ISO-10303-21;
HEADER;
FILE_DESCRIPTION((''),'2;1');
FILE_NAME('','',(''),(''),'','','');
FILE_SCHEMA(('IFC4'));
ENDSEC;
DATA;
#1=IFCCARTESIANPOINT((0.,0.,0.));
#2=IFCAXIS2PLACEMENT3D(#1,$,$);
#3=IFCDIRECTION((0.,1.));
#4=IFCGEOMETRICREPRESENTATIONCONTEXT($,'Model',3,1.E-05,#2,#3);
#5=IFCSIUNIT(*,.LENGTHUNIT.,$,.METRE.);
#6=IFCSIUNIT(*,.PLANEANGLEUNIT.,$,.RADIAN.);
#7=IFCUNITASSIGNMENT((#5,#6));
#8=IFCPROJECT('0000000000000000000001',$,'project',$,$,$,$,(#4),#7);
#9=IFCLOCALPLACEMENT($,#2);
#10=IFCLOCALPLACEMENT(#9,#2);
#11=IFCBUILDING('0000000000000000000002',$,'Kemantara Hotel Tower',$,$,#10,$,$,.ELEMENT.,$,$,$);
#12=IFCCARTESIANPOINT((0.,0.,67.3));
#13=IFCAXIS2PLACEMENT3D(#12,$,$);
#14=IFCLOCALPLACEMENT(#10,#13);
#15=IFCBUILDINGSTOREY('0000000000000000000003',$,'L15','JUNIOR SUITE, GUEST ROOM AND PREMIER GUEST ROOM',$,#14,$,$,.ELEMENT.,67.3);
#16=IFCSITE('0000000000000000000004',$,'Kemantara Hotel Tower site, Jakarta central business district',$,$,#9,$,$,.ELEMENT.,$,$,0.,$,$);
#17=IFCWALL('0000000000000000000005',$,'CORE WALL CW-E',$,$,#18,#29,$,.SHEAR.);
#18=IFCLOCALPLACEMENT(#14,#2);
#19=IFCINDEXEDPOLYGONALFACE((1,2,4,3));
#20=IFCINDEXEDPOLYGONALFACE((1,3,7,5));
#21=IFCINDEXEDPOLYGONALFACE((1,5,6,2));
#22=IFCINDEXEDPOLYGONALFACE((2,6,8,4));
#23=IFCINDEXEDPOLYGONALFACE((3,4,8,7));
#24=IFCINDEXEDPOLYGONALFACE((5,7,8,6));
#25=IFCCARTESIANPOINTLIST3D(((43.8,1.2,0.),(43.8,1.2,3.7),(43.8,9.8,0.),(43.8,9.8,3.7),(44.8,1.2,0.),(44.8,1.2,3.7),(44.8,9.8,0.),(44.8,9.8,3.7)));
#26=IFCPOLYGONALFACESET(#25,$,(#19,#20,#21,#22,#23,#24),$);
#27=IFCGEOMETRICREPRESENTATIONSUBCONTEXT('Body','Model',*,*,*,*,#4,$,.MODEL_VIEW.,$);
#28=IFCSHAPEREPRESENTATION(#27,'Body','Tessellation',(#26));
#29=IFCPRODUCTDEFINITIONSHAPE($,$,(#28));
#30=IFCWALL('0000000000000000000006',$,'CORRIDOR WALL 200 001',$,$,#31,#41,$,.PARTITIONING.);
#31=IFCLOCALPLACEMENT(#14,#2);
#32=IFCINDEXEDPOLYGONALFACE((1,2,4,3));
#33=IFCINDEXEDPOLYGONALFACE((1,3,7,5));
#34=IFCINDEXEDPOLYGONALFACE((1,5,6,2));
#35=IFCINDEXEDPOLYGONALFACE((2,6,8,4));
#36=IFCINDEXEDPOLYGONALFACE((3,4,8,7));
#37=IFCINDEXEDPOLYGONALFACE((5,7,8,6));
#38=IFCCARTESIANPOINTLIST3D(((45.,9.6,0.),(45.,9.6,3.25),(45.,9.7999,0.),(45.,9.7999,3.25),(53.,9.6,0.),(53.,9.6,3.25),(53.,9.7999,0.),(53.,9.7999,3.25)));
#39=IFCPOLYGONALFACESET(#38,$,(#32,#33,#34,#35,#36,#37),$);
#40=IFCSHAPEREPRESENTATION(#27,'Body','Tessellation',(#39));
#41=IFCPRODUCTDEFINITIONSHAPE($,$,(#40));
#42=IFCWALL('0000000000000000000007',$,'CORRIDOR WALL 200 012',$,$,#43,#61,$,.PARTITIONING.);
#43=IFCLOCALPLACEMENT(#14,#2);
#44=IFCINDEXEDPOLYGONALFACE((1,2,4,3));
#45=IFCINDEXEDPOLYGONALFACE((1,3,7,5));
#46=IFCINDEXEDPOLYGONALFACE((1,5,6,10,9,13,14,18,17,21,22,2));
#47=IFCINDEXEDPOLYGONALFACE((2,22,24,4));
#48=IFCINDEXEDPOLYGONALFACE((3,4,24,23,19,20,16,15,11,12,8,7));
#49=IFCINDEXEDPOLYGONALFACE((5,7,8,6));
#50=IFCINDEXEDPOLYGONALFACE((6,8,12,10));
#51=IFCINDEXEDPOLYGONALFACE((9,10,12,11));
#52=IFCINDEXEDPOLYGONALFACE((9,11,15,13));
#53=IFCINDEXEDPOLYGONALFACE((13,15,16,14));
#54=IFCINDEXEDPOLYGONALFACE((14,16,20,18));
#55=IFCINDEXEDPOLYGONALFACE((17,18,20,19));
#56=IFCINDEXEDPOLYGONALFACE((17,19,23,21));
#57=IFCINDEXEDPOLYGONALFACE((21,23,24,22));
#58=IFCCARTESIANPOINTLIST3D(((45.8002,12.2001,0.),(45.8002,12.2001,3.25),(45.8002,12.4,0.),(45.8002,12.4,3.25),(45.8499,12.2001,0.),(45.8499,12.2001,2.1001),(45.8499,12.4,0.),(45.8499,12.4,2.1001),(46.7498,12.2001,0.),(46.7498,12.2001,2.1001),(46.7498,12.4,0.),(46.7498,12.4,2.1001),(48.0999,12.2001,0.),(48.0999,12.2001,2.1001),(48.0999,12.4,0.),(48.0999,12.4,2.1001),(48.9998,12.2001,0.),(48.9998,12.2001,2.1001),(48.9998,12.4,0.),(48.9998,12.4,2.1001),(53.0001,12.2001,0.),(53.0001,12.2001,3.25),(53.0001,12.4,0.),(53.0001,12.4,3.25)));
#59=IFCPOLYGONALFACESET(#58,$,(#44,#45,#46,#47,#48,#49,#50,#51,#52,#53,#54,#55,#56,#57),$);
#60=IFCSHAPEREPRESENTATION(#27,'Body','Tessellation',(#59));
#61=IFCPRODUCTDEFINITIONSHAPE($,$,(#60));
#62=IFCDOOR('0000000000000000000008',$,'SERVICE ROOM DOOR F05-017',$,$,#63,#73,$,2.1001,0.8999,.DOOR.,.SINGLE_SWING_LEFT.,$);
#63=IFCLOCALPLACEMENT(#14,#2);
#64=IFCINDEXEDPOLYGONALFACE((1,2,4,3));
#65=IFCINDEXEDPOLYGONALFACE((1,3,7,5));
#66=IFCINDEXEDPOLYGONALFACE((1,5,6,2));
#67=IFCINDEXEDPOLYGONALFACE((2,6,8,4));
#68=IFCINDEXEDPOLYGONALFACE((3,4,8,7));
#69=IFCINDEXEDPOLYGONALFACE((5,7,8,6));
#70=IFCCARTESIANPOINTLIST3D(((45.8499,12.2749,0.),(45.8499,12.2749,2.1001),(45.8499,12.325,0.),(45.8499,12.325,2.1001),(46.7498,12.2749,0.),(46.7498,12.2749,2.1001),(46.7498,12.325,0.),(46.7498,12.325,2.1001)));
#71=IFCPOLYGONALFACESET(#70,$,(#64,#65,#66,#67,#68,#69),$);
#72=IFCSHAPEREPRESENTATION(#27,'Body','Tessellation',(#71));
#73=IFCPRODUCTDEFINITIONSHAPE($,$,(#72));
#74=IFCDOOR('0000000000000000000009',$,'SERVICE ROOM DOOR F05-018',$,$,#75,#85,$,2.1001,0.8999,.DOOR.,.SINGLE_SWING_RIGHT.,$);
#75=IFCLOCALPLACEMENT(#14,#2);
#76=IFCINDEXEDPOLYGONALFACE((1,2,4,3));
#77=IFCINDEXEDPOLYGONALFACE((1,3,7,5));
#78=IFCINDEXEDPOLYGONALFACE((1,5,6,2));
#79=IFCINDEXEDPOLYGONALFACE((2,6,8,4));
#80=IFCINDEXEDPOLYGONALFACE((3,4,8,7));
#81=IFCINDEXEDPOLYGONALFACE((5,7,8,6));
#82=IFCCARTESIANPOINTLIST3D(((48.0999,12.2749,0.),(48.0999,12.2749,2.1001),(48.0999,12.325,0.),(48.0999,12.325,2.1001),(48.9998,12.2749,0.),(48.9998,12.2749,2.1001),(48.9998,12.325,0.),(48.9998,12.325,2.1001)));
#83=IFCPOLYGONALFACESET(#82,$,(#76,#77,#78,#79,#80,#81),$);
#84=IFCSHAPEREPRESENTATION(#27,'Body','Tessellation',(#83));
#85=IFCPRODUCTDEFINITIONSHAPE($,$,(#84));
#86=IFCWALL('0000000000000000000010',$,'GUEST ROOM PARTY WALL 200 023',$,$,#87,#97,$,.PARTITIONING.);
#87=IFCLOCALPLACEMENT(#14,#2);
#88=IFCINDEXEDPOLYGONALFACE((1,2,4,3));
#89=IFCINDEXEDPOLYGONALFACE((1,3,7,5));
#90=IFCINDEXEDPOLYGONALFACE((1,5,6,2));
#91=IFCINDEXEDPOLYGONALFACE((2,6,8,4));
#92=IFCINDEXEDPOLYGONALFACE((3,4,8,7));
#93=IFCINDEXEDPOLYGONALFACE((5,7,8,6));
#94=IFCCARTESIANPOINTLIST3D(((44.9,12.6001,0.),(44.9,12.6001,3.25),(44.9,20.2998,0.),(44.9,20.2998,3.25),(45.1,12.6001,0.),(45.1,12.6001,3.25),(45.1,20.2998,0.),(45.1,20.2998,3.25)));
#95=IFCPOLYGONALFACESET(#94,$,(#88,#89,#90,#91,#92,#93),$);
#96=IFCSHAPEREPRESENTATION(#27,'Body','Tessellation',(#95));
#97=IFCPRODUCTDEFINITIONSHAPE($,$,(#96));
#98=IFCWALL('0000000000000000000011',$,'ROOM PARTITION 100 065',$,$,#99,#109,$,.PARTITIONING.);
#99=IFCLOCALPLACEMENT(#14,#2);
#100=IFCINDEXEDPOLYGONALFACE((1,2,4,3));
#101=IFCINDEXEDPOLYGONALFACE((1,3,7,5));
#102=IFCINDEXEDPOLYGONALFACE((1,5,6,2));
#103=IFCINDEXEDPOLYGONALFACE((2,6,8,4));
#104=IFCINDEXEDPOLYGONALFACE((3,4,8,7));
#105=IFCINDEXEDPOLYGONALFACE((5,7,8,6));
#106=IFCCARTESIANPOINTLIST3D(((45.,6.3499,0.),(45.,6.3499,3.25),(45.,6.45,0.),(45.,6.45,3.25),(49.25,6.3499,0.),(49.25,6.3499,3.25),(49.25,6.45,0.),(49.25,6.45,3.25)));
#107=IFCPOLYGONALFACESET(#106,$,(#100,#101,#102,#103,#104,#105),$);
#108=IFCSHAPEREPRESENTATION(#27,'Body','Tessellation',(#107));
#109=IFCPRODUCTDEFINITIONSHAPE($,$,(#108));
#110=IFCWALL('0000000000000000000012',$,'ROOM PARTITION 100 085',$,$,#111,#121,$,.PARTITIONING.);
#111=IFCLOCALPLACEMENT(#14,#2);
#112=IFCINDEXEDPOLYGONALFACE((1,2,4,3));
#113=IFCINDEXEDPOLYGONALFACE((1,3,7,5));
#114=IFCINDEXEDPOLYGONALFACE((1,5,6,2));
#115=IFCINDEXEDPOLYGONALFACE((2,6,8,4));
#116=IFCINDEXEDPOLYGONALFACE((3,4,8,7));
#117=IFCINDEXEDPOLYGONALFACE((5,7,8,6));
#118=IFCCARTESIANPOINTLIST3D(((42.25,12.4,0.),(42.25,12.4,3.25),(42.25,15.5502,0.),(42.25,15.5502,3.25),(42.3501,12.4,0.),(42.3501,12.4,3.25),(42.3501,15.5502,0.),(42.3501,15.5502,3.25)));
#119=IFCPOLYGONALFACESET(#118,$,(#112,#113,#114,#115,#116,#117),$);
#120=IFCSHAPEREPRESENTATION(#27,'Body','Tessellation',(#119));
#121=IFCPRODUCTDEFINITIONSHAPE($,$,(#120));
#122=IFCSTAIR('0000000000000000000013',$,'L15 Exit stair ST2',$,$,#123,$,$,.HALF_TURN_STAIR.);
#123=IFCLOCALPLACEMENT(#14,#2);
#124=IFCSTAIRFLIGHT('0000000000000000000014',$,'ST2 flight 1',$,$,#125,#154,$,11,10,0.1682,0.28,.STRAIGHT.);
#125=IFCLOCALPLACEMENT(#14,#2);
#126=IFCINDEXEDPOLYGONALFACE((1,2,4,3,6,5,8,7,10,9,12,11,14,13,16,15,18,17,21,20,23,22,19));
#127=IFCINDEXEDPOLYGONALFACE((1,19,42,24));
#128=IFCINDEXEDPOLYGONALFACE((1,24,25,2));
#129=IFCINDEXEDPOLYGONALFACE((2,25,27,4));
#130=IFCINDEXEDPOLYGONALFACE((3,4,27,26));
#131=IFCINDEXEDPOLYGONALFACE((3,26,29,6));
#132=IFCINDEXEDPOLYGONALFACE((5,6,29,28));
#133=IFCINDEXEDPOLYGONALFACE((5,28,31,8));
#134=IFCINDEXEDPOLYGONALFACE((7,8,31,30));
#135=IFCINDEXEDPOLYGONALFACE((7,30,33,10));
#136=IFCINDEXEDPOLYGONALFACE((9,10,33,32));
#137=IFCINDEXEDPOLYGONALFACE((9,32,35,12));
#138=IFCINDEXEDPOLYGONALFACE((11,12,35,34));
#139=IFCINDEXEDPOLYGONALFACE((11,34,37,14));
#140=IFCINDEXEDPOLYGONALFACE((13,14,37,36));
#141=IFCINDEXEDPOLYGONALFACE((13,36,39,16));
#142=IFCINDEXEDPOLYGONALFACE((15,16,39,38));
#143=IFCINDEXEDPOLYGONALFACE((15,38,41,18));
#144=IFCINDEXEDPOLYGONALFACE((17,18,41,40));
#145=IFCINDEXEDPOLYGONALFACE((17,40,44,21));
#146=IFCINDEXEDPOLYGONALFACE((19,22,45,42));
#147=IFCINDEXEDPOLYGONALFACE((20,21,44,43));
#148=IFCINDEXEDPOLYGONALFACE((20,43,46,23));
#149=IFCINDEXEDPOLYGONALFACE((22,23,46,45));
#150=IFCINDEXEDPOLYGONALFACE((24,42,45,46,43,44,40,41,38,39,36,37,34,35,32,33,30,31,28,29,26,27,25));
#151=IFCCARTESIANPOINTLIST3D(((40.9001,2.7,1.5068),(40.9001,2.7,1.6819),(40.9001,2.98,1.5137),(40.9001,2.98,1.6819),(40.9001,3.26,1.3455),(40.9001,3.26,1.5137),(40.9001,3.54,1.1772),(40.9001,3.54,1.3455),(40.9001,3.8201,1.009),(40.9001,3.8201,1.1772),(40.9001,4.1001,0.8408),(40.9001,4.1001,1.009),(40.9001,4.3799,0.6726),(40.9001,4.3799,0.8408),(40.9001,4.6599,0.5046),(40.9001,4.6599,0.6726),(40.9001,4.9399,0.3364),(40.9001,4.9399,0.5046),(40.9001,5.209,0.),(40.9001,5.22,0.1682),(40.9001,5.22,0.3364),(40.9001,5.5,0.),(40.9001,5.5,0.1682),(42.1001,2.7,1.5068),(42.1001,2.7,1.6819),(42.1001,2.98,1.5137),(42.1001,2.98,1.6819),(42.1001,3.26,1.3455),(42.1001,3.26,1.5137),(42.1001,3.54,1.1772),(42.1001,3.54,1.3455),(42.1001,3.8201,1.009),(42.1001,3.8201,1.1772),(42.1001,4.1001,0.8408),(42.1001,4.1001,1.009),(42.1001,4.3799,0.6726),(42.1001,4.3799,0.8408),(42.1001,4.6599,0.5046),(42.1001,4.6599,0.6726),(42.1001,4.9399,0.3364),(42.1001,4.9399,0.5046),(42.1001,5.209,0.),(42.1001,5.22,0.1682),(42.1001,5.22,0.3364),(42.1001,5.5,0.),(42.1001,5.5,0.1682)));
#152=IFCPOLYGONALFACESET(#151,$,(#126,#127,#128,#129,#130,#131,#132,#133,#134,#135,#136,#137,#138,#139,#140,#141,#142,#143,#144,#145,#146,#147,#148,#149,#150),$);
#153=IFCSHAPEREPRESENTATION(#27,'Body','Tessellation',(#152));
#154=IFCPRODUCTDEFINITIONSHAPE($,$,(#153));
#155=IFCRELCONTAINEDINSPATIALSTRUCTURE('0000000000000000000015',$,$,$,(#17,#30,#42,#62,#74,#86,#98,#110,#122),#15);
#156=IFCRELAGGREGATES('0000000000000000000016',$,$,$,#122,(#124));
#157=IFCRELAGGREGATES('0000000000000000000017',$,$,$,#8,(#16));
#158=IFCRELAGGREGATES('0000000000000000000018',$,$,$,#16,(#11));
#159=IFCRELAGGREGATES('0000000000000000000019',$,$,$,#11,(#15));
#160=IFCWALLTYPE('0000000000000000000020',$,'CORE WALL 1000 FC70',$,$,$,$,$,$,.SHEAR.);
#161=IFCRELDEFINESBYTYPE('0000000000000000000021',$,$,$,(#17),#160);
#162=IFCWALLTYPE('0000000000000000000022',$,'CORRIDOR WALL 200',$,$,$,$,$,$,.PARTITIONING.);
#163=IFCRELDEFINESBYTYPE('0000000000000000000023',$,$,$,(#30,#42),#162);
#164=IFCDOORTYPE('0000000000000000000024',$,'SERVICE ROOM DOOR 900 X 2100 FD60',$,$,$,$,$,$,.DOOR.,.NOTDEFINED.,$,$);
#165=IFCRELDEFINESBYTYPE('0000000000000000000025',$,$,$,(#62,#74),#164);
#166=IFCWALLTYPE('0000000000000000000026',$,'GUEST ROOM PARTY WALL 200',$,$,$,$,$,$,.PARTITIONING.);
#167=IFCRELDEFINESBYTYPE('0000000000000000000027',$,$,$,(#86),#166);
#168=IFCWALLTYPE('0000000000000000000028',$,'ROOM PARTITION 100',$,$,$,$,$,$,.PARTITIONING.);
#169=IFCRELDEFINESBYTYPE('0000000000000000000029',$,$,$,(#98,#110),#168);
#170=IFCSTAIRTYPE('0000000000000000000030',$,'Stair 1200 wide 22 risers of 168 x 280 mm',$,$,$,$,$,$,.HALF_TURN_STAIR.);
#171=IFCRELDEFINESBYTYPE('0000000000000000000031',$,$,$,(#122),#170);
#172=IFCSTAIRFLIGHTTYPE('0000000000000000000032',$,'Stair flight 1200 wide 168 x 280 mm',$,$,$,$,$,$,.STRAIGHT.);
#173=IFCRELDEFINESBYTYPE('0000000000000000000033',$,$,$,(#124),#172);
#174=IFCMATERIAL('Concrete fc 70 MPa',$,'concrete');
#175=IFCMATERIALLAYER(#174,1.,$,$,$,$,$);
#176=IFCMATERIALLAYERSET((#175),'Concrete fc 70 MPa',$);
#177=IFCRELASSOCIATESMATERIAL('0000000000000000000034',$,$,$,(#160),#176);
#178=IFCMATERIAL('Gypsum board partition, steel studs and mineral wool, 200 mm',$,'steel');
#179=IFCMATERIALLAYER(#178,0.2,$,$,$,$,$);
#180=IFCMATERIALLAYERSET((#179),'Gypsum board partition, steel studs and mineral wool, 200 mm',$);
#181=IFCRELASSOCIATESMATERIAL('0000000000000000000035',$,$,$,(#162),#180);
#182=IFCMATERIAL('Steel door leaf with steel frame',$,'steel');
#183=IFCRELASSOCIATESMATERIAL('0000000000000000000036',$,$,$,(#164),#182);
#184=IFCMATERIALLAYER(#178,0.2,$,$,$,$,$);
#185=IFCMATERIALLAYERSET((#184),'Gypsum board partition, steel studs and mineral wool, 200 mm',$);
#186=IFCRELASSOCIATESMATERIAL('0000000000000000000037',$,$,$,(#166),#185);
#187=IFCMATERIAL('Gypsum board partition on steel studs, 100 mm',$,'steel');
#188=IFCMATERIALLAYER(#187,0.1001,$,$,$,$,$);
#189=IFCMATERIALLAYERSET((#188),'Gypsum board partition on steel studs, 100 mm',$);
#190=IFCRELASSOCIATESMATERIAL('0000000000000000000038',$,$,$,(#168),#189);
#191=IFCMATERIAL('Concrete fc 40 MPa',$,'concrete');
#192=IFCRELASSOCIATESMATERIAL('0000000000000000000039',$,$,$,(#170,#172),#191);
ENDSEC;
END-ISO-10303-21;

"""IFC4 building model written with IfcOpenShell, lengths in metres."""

from ifc_helpers import new_model, si_unit, direction, frame, frame_2d, origin, place, context, subcontext, project, spatial, polyline, rectangle, outline, extrude, material, layer, layer_set, type_object, element, fill, aggregate, save


model = new_model("IFC4")

# Units and contexts
model_context = context("Model", 3, precision=1e-05, world=origin(), true_north=direction((0.0, 1.0)))
body_context = subcontext(model_context, "Body", "Model", "MODEL_VIEW")
ifc_project = project(units=[si_unit("LENGTHUNIT", "METRE"), si_unit("PLANEANGLEUNIT", "RADIAN")], contexts=[model_context])

# Site, building, storey
site_placement = place(None, origin())
site = spatial("IfcSite", under=ifc_project, at=site_placement, Name="Kemantara Hotel Tower site, Jakarta central business district", CompositionType="ELEMENT", RefElevation=0.0)
building_placement = place(site_placement, origin())
building = spatial("IfcBuilding", under=site, at=building_placement, Name="Kemantara Hotel Tower", CompositionType="ELEMENT")
storey_placement = place(building_placement, frame((0.0, 0.0, 67.3)))
storey = spatial("IfcBuildingStorey", under=building, at=storey_placement, Name="L15", Description="JUNIOR SUITE, GUEST ROOM AND PREMIER GUEST ROOM", CompositionType="ELEMENT", Elevation=67.3)

# Shared definitions
ifc_material_1 = material(Name="Concrete fc 70 MPa", Category="concrete")

# Walls
ifc_layer_1 = layer(ifc_material_1, 1.0)
ifc_layer_set_1 = layer_set([ifc_layer_1], Name="Concrete fc 70 MPa")
wall_type_1 = type_object("IfcWallType", Name="CORE WALL 1000 FC70", PredefinedType="SHEAR", material=ifc_layer_set_1)
wall_1_placement = place(storey_placement, frame((44.3, 1.2, 0.0), z_axis=(0.0, 0.0, 1.0), x_axis=(0.0, 1.0, 0.0)))
element("IfcWall", 1, at=wall_1_placement, inside=storey, type_object=wall_type_1, Name="CORE WALL CW-E", PredefinedType="SHEAR", context=body_context, shape_type="SweptSolid", body=[
    extrude(rectangle(XDim=8.6001, YDim=1.0, at=frame_2d((4.3, 0.0))), origin(), (0.0, 0.0, 1.0), 3.7),
])
ifc_material_2 = material(Name="Gypsum board partition, steel studs and mineral wool, 200 mm", Category="steel")
ifc_layer_2 = layer(ifc_material_2, 0.2)
ifc_layer_set_2 = layer_set([ifc_layer_2], Name="Gypsum board partition, steel studs and mineral wool, 200 mm")
wall_type_2 = type_object("IfcWallType", Name="CORRIDOR WALL 200", PredefinedType="PARTITIONING", material=ifc_layer_set_2)
wall_2_placement = place(storey_placement, frame((45.0, 9.7, 0.0), z_axis=(0.0, 0.0, 1.0), x_axis=(1.0, 0.0, 0.0)))
element("IfcWall", 2, at=wall_2_placement, inside=storey, type_object=wall_type_2, Name="CORRIDOR WALL 200 001", PredefinedType="PARTITIONING", context=body_context, shape_type="SweptSolid", body=[
    extrude(rectangle(XDim=8.0, YDim=0.2, at=frame_2d((4.0, 0.0))), origin(), (0.0, 0.0, 1.0), 3.25),
])

# Wall, openings, doors
wall_3_placement = place(storey_placement, frame((45.8, 12.3, 0.0), z_axis=(0.0, 0.0, 1.0), x_axis=(1.0, 0.0, 0.0)))
wall_3 = element("IfcWall", 3, at=wall_3_placement, inside=storey, type_object=wall_type_2, Name="CORRIDOR WALL 200 012", PredefinedType="PARTITIONING", context=body_context, shape_type="SweptSolid", body=[
    extrude(rectangle(XDim=7.2, YDim=0.2, at=frame_2d((3.6001, 0.0))), origin(), (0.0, 0.0, 1.0), 3.25),
])
opening_1_placement = place(wall_3_placement, frame((0.0498, 0.0, 0.0)))
opening_1 = element("IfcOpeningElement", 4, at=opening_1_placement, cuts=wall_3, PredefinedType="OPENING", context=body_context, shape_type="SweptSolid", body=[
    extrude(rectangle(XDim=0.8999, YDim=2.1001, at=frame_2d((0.45, 1.05))), frame((0.0, 0.1099, 0.0), z_axis=(0.0, -1.0, 0.0), x_axis=(1.0, 0.0, 0.0)), (0.0, 0.0, 1.0), 0.22),
])
opening_2_placement = place(wall_3_placement, frame((2.2998, 0.0, 0.0)))
opening_2 = element("IfcOpeningElement", 5, at=opening_2_placement, cuts=wall_3, PredefinedType="OPENING", context=body_context, shape_type="SweptSolid", body=[
    extrude(rectangle(XDim=0.8999, YDim=2.1001, at=frame_2d((0.45, 1.05))), frame((0.0, 0.1099, 0.0), z_axis=(0.0, -1.0, 0.0), x_axis=(1.0, 0.0, 0.0)), (0.0, 0.0, 1.0), 0.22),
])
ifc_material_3 = material(Name="Steel door leaf with steel frame", Category="steel")
door_type = type_object("IfcDoorType", Name="SERVICE ROOM DOOR 900 X 2100 FD60", OperationType="NOTDEFINED", PredefinedType="DOOR", material=ifc_material_3)
door_1_placement = place(opening_1_placement, origin())
door_1 = element("IfcDoor", 6, at=door_1_placement, inside=storey, type_object=door_type, Name="SERVICE ROOM DOOR F05-017", OperationType="SINGLE_SWING_LEFT", OverallHeight=2.1001, OverallWidth=0.8999, PredefinedType="DOOR", context=body_context, shape_type="SweptSolid", body=[
    extrude(rectangle(XDim=0.8999, YDim=2.1001, at=frame_2d((0.45, 1.05))), frame((0.0, 0.0249, 0.0), z_axis=(0.0, -1.0, 0.0), x_axis=(1.0, 0.0, 0.0)), (0.0, 0.0, 1.0), 0.05),
])
fill(opening_1, door_1)
door_2_placement = place(opening_2_placement, origin())
door_2 = element("IfcDoor", 7, at=door_2_placement, inside=storey, type_object=door_type, Name="SERVICE ROOM DOOR F05-018", OperationType="SINGLE_SWING_RIGHT", OverallHeight=2.1001, OverallWidth=0.8999, PredefinedType="DOOR", context=body_context, shape_type="SweptSolid", body=[
    extrude(rectangle(XDim=0.8999, YDim=2.1001, at=frame_2d((0.45, 1.05))), frame((0.0, 0.0249, 0.0), z_axis=(0.0, -1.0, 0.0), x_axis=(1.0, 0.0, 0.0)), (0.0, 0.0, 1.0), 0.05),
])
fill(opening_2, door_2)

# Walls
ifc_layer_3 = layer(ifc_material_2, 0.2)
ifc_layer_set_3 = layer_set([ifc_layer_3], Name="Gypsum board partition, steel studs and mineral wool, 200 mm")
wall_type_3 = type_object("IfcWallType", Name="GUEST ROOM PARTY WALL 200", PredefinedType="PARTITIONING", material=ifc_layer_set_3)
wall_4_placement = place(storey_placement, frame((45.0, 12.6001, 0.0), z_axis=(0.0, 0.0, 1.0), x_axis=(0.0, 1.0, 0.0)))
element("IfcWall", 8, at=wall_4_placement, inside=storey, type_object=wall_type_3, Name="GUEST ROOM PARTY WALL 200 023", PredefinedType="PARTITIONING", context=body_context, shape_type="SweptSolid", body=[
    extrude(rectangle(XDim=7.6997, YDim=0.2, at=frame_2d((3.8499, 0.0))), origin(), (0.0, 0.0, 1.0), 3.25),
])
ifc_material_4 = material(Name="Gypsum board partition on steel studs, 100 mm", Category="steel")
ifc_layer_4 = layer(ifc_material_4, 0.1001)
ifc_layer_set_4 = layer_set([ifc_layer_4], Name="Gypsum board partition on steel studs, 100 mm")
wall_type_4 = type_object("IfcWallType", Name="ROOM PARTITION 100", PredefinedType="PARTITIONING", material=ifc_layer_set_4)
wall_5_placement = place(storey_placement, frame((45.0, 6.3999, 0.0), z_axis=(0.0, 0.0, 1.0), x_axis=(1.0, 0.0, 0.0)))
element("IfcWall", 9, at=wall_5_placement, inside=storey, type_object=wall_type_4, Name="ROOM PARTITION 100 065", PredefinedType="PARTITIONING", context=body_context, shape_type="SweptSolid", body=[
    extrude(rectangle(XDim=4.25, YDim=0.1001, at=frame_2d((2.125, 0.0))), origin(), (0.0, 0.0, 1.0), 3.25),
])
wall_6_placement = place(storey_placement, frame((42.3, 12.3999, 0.0), z_axis=(0.0, 0.0, 1.0), x_axis=(0.0, 1.0, 0.0)))
element("IfcWall", 10, at=wall_6_placement, inside=storey, type_object=wall_type_4, Name="ROOM PARTITION 100 085", PredefinedType="PARTITIONING", context=body_context, shape_type="SweptSolid", body=[
    extrude(rectangle(XDim=3.1501, YDim=0.1001, at=frame_2d((1.5752, 0.0))), origin(), (0.0, 0.0, 1.0), 3.25),
])

# Stair, stair flight
ifc_material_5 = material(Name="Concrete fc 40 MPa", Category="concrete")
stair_type = type_object("IfcStairType", Name="Stair 1200 wide 22 risers of 168 x 280 mm", PredefinedType="HALF_TURN_STAIR", material=ifc_material_5)
stair_placement = place(storey_placement, origin())
stair = element("IfcStair", 11, at=stair_placement, inside=storey, type_object=stair_type, Name="L15 Exit stair ST2", PredefinedType="HALF_TURN_STAIR")
stair_flight_type = type_object("IfcStairFlightType", Name="Stair flight 1200 wide 168 x 280 mm", PredefinedType="STRAIGHT", material=ifc_material_5)
stair_flight_1_placement = place(storey_placement, frame((41.5, 5.5, 0.0), z_axis=(0.0, 0.0, 1.0), x_axis=(0.0, -1.0, 0.0)))
stair_flight_1 = element("IfcStairFlight", 12, at=stair_flight_1_placement, type_object=stair_flight_type, Name="ST2 flight 1", NumberOfRisers=11, NumberOfTreads=10, PredefinedType="STRAIGHT", RiserHeight=0.1682, TreadLength=0.28, context=body_context, shape_type="SweptSolid", body=[
    extrude(outline(polyline([(0.0, 0.0), (0.0, 0.1682), (0.28, 0.1682), (0.28, 0.3364), (0.5601, 0.3364), (0.5601, 0.5046), (0.8401, 0.5046), (0.8401, 0.6726), (1.1201, 0.6726), (1.1201, 0.8408), (1.3999, 0.8408), (1.3999, 1.009), (1.6799, 1.009), (1.6799, 1.1772), (1.96, 1.1772), (1.96, 1.3455), (2.24, 1.3455), (2.24, 1.5137), (2.52, 1.5137), (2.52, 1.6819), (2.8, 1.6819), (2.8, 1.8501), (2.8, 1.5068), (0.291, 0.0), (0.0, 0.0)])), frame((0.0, 0.6001, 0.0), z_axis=(0.0, -1.0, 0.0), x_axis=(1.0, 0.0, 0.0)), (0.0, 0.0, 1.0), 1.2),
])
aggregate(stair, [stair_flight_1])

save(model, "model.ifc")
